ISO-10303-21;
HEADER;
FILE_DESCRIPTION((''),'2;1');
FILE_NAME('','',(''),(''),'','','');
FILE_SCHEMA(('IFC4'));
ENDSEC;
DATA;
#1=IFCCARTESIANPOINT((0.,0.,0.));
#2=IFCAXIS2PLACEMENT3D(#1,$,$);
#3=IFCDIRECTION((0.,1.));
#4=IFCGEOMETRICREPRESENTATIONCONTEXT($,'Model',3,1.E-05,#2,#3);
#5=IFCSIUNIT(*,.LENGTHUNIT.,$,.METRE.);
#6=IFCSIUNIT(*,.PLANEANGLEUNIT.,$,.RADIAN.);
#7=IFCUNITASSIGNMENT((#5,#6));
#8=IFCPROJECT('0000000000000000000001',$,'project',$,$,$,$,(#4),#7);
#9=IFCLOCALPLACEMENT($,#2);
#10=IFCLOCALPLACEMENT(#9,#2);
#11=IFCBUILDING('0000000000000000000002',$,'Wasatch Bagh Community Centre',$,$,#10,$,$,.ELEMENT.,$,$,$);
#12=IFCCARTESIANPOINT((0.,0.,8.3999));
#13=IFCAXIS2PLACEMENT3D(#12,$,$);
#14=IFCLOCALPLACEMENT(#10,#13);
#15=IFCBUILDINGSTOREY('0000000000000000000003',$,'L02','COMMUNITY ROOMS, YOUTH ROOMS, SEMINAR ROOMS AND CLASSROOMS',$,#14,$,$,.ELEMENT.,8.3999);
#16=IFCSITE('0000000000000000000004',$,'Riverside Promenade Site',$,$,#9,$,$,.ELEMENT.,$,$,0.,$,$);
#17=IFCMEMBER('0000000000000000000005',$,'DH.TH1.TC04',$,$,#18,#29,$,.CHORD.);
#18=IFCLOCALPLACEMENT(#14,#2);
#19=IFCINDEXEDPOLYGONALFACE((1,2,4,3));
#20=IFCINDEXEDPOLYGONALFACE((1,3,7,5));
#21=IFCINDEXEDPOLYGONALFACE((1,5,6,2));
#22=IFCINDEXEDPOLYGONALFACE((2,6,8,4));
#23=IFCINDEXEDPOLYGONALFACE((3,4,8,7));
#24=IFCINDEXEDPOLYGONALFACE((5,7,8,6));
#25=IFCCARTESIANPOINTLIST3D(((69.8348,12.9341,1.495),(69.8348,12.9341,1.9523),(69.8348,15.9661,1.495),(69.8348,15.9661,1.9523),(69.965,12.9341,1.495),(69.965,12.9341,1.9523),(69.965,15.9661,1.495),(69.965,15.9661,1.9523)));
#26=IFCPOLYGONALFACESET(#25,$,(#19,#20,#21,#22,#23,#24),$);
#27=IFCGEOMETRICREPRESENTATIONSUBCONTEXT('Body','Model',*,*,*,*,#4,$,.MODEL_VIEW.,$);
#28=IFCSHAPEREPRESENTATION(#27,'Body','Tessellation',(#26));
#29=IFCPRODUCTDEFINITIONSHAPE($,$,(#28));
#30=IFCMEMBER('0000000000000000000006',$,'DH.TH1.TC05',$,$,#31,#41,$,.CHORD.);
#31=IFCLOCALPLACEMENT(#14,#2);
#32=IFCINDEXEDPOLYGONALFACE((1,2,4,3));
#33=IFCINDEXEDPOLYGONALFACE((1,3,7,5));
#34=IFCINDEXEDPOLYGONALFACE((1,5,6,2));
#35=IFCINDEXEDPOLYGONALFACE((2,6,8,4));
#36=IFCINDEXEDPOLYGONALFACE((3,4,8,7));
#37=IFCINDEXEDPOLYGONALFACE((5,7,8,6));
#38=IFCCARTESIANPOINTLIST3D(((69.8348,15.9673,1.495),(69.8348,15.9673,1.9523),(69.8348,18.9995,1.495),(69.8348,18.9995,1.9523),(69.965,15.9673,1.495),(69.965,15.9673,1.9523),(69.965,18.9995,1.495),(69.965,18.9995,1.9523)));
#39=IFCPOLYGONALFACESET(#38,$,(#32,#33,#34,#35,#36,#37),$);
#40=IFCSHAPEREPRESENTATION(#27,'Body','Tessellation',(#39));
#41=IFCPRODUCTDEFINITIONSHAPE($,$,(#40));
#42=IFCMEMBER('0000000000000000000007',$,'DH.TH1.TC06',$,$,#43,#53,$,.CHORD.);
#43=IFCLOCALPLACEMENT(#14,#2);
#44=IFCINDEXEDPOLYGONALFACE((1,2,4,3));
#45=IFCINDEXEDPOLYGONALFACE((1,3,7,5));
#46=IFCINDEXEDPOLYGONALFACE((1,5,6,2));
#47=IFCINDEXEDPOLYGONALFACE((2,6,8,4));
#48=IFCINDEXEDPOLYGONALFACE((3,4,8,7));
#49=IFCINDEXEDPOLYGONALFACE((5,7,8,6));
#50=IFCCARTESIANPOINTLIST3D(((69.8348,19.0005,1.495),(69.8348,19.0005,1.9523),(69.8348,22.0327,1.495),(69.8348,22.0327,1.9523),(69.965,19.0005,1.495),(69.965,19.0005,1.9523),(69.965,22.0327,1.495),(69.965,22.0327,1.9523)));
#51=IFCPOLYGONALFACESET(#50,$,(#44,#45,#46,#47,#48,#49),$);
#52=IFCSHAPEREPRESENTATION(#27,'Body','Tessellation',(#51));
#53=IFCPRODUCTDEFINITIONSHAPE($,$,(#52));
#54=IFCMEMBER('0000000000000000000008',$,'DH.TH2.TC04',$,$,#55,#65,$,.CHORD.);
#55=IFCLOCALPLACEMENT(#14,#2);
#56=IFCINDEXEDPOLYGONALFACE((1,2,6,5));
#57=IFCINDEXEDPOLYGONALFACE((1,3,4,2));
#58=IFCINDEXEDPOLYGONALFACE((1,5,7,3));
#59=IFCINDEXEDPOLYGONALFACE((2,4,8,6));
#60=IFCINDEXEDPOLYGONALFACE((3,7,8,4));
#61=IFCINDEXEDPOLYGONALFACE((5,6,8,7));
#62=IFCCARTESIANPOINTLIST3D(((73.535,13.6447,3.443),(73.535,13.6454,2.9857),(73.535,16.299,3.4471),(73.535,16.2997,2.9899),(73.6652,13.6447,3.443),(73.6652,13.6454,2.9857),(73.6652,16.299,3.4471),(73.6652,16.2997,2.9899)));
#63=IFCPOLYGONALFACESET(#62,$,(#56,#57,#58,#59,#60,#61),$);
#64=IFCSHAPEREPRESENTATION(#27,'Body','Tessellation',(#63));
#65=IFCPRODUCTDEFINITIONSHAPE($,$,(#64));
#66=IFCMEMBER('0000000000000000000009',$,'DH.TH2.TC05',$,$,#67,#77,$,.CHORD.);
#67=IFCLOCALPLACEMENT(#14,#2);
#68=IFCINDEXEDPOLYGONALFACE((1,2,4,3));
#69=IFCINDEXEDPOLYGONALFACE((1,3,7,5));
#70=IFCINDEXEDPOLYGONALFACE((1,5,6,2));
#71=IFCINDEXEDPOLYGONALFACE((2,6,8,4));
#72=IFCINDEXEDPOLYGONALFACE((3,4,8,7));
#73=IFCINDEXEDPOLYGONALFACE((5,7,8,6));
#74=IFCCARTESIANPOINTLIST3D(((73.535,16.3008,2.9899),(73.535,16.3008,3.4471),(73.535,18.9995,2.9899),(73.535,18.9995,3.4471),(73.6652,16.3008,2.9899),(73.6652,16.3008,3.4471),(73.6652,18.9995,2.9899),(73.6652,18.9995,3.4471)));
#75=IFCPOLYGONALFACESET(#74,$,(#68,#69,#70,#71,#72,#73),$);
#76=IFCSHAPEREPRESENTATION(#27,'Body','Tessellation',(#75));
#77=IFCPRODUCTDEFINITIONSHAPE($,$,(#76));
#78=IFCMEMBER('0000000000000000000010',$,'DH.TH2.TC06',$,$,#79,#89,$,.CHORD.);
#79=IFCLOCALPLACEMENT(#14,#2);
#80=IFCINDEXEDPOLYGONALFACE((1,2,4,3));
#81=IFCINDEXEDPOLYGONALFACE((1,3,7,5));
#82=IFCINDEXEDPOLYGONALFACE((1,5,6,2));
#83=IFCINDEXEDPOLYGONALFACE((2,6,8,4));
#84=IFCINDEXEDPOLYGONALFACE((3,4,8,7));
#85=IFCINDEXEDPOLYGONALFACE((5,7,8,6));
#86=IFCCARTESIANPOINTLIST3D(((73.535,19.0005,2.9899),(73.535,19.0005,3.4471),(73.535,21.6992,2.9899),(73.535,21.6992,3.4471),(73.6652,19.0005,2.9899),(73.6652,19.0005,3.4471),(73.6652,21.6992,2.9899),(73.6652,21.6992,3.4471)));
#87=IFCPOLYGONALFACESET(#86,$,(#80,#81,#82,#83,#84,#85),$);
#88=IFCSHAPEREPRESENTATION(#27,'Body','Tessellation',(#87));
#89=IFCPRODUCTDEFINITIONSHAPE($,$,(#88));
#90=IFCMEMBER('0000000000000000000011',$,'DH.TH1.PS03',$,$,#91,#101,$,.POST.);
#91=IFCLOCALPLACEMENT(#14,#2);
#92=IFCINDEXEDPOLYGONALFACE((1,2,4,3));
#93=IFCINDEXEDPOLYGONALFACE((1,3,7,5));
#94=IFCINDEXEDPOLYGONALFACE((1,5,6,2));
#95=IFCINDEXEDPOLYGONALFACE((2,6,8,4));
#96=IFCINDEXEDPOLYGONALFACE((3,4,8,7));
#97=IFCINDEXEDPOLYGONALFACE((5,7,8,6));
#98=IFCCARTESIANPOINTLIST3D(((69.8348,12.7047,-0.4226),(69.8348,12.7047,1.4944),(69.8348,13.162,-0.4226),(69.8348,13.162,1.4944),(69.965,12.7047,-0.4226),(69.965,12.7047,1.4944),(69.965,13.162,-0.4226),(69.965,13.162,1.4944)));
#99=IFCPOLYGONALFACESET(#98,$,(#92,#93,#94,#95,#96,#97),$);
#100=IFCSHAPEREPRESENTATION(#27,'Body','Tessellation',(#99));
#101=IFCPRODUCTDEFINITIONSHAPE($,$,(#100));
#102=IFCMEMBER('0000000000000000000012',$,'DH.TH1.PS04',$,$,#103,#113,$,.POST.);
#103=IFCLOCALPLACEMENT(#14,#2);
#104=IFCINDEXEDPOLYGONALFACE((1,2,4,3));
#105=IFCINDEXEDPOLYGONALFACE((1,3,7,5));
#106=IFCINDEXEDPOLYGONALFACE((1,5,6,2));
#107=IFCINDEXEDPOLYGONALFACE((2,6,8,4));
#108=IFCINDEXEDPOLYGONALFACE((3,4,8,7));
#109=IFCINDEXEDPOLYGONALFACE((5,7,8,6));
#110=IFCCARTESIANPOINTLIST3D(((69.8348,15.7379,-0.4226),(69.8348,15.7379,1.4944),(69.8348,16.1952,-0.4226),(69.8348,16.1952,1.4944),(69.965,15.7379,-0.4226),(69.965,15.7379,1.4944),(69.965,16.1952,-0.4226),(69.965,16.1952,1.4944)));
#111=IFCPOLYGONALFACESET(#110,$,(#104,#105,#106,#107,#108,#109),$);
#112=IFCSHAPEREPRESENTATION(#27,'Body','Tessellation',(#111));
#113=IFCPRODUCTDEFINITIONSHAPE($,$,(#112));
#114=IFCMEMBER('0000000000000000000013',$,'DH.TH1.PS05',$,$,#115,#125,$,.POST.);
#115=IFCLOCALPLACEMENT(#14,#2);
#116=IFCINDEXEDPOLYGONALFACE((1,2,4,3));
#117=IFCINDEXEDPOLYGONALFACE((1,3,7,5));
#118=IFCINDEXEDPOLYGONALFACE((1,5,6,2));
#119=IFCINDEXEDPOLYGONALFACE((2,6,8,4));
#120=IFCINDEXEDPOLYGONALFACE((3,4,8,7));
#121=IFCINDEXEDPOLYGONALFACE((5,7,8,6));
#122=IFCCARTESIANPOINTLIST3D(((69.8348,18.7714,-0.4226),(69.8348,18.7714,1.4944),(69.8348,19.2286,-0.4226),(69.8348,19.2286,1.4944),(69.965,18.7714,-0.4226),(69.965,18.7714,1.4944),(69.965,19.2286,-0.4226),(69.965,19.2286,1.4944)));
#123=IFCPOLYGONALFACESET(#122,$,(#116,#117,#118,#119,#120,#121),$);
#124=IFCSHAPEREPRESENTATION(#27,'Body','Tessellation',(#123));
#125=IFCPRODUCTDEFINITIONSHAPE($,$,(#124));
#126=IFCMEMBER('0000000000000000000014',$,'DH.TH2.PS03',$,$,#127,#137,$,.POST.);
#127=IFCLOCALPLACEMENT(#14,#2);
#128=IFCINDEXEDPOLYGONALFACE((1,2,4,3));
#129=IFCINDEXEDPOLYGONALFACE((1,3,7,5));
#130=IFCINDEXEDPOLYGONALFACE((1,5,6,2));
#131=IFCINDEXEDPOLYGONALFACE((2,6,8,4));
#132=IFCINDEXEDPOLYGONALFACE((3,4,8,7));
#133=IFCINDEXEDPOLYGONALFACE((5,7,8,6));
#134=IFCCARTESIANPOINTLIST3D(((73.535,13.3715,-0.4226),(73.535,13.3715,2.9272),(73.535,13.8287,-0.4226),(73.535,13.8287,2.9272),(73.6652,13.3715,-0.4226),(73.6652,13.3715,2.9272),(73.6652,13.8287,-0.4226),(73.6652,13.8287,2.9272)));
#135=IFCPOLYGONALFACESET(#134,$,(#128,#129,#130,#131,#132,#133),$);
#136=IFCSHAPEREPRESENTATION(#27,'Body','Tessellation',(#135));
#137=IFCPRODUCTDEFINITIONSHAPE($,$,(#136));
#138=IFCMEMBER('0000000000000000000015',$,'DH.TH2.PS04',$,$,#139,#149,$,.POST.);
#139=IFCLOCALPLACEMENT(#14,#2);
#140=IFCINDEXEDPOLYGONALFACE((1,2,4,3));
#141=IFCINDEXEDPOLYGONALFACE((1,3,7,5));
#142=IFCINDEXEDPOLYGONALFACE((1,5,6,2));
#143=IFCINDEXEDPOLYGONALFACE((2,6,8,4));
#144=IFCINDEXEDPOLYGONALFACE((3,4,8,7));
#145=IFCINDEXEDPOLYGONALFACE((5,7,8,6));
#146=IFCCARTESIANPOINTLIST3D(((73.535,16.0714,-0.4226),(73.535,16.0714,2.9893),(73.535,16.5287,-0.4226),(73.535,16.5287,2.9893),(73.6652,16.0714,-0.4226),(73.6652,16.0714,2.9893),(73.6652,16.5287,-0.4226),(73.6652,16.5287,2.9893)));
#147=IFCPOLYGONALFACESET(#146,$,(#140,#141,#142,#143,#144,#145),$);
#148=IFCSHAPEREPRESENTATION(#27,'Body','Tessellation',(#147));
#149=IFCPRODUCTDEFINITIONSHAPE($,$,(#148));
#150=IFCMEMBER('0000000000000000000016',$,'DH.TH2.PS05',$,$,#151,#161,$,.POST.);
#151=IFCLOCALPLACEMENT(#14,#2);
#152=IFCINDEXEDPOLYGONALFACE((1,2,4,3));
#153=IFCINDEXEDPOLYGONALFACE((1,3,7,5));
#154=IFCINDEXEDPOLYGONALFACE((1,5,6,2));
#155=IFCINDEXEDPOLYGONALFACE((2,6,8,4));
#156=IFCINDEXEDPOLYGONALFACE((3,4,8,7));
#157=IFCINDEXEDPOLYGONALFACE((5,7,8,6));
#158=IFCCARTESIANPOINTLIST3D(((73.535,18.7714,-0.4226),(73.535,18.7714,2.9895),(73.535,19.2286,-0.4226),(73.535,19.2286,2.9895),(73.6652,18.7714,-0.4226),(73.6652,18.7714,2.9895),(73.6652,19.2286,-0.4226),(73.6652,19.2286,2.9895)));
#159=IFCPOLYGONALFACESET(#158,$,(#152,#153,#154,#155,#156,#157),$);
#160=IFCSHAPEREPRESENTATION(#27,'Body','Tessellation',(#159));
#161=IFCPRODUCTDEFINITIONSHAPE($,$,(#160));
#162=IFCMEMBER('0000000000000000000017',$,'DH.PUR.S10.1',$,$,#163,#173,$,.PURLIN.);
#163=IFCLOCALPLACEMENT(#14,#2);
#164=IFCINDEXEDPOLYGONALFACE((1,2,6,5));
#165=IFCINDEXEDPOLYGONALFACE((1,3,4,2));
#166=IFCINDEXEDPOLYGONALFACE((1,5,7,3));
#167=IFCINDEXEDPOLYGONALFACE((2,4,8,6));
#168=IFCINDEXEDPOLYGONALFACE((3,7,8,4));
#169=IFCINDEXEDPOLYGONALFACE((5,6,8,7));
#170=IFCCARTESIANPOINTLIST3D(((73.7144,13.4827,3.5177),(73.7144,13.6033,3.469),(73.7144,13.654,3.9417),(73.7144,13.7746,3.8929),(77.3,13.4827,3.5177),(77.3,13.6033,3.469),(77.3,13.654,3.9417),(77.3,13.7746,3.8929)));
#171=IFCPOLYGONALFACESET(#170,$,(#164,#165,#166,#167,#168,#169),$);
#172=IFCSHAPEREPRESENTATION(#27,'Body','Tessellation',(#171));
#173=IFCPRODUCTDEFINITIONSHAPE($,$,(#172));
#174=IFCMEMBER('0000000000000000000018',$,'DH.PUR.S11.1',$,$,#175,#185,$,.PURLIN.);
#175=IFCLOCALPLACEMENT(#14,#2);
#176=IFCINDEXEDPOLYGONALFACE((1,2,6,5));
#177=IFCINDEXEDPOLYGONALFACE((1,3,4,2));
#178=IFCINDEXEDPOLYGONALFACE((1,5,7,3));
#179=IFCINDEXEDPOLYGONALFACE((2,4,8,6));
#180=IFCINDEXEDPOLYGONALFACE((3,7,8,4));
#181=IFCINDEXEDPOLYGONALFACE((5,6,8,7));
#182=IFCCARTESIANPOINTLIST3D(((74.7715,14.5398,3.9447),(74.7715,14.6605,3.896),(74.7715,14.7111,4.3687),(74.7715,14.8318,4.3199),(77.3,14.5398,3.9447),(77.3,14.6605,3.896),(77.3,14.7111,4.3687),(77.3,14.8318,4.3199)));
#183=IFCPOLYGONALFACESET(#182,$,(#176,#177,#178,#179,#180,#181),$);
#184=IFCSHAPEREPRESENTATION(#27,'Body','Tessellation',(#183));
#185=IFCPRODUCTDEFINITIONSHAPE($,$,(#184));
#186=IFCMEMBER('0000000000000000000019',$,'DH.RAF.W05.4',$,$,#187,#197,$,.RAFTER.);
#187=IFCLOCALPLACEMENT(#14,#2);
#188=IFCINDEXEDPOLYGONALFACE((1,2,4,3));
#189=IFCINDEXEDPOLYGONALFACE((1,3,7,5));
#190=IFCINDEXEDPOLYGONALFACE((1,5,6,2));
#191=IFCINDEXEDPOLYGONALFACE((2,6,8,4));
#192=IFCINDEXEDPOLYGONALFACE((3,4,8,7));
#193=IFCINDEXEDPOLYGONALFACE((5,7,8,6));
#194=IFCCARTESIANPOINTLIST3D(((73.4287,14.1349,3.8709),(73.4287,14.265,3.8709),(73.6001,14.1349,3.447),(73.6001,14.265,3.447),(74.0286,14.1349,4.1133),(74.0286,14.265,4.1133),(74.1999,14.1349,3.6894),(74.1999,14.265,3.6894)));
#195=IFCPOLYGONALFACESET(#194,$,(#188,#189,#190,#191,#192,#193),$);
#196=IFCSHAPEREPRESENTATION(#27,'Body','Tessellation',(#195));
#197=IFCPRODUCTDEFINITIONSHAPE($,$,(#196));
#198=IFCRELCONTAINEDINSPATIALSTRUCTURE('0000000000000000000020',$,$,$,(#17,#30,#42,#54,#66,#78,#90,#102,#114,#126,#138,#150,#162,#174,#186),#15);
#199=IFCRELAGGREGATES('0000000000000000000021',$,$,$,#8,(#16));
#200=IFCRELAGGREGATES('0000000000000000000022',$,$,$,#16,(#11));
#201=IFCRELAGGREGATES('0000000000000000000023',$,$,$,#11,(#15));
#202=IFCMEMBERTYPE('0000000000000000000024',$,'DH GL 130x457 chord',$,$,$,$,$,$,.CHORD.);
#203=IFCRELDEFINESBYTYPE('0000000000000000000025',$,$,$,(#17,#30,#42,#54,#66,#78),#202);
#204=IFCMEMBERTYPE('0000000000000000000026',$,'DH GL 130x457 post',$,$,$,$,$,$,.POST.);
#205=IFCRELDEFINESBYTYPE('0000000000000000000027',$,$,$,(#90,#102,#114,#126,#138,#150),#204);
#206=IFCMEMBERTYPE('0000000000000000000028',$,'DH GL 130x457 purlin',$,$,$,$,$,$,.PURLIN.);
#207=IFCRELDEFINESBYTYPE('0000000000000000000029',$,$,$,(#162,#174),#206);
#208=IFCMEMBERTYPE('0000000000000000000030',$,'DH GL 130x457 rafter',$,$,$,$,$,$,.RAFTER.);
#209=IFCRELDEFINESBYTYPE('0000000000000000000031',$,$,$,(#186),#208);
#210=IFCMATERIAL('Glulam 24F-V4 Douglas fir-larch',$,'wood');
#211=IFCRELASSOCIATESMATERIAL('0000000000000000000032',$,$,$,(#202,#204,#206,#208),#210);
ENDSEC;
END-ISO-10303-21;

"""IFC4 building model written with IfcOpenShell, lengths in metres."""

from ifc_helpers import new_model, si_unit, direction, frame, origin, origin_2d, place, context, subcontext, project, spatial, rectangle, extrude, material, material_profile, profile_set, type_object, element, save


model = new_model("IFC4")

# Units and contexts
model_context = context("Model", 3, precision=1e-05, world=origin(), true_north=direction((0.0, 1.0)))
body_context = subcontext(model_context, "Body", "Model", "MODEL_VIEW")
ifc_project = project(units=[si_unit("LENGTHUNIT", "METRE"), si_unit("PLANEANGLEUNIT", "RADIAN")], contexts=[model_context])

# Site, building, storey
site_placement = place(None, origin())
site = spatial("IfcSite", under=ifc_project, at=site_placement, Name="Riverside Promenade Site", CompositionType="ELEMENT", RefElevation=0.0)
building_placement = place(site_placement, origin())
building = spatial("IfcBuilding", under=site, at=building_placement, Name="Wasatch Bagh Community Centre", CompositionType="ELEMENT")
storey_placement = place(building_placement, frame((0.0, 0.0, 8.3999)))
storey = spatial("IfcBuildingStorey", under=building, at=storey_placement, Name="L02", Description="COMMUNITY ROOMS, YOUTH ROOMS, SEMINAR ROOMS AND CLASSROOMS", CompositionType="ELEMENT", Elevation=8.3999)

# Members
ifc_material_1 = material(Name="Glulam 24F-V4 Douglas fir-larch", Category="wood")
ifc_material_profile_1 = material_profile(ifc_material_1, rectangle(XDim=0.1301, YDim=0.4573, at=origin_2d()), Name="GL 130x457")
ifc_profile_set_1 = profile_set([ifc_material_profile_1], Name="Glulam 24F-V4 Douglas fir-larch")
member_type_1 = type_object("IfcMemberType", Name="DH GL 130x457 chord", PredefinedType="CHORD", material=ifc_profile_set_1)
member_1_placement = place(storey_placement, frame((69.8999, 12.9341, 1.7236), z_axis=(0.0, 1.0, 0.0), x_axis=(-1.0, 0.0, 0.0)))
element("IfcMember", 1, at=member_1_placement, inside=storey, type_object=member_type_1, Name="DH.TH1.TC04", PredefinedType="CHORD", context=body_context, shape_type="SweptSolid", body=[
    extrude(rectangle(XDim=0.1301, YDim=0.4573, at=origin_2d()), origin(), (0.0, 0.0, 1.0), 3.032),
])
for number, where, z_axis, x_axis, name in (
    (2, (69.8999, 15.9673, 1.7236), (0.0, 1.0, 0.0), (-1.0, 0.0, 0.0), "DH.TH1.TC05"),
    (3, (69.8999, 19.0005, 1.7236), (0.0, 1.0, 0.0), (-1.0, 0.0, 0.0), "DH.TH1.TC06"),
):
    element("IfcMember", number, at=place(storey_placement, frame(where, z_axis=z_axis, x_axis=x_axis)), inside=storey, type_object=member_type_1, Name=name, PredefinedType="CHORD", context=body_context, shape_type="SweptSolid", body=[
        extrude(rectangle(XDim=0.1301, YDim=0.4573, at=origin_2d()), origin(), (0.0, 0.0, 1.0), 3.0322),
    ])
member_2_placement = place(storey_placement, frame((73.6001, 13.645, 3.2144), z_axis=(0.0, 0.999999, 0.001564), x_axis=(-1.0, 0.0, 0.0)))
element("IfcMember", 4, at=member_2_placement, inside=storey, type_object=member_type_1, Name="DH.TH2.TC04", PredefinedType="CHORD", context=body_context, shape_type="SweptSolid", body=[
    extrude(rectangle(XDim=0.1301, YDim=0.4573, at=origin_2d()), origin(), (0.0, 0.0, 1.0), 2.6543),
])
for number, where, z_axis, x_axis, name in (
    (5, (73.6001, 16.3008, 3.2185), (0.0, 1.0, 0.0), (-1.0, 0.0, 0.0), "DH.TH2.TC05"),
    (6, (73.6001, 19.0005, 3.2185), (0.0, 1.0, 0.0), (-1.0, 0.0, 0.0), "DH.TH2.TC06"),
):
    element("IfcMember", number, at=place(storey_placement, frame(where, z_axis=z_axis, x_axis=x_axis)), inside=storey, type_object=member_type_1, Name=name, PredefinedType="CHORD", context=body_context, shape_type="SweptSolid", body=[
        extrude(rectangle(XDim=0.1301, YDim=0.4573, at=origin_2d()), origin(), (0.0, 0.0, 1.0), 2.6987),
    ])
ifc_material_profile_2 = material_profile(ifc_material_1, rectangle(XDim=0.1301, YDim=0.4573, at=origin_2d()), Name="GL 130x457")
ifc_profile_set_2 = profile_set([ifc_material_profile_2], Name="Glulam 24F-V4 Douglas fir-larch")
member_type_2 = type_object("IfcMemberType", Name="DH GL 130x457 post", PredefinedType="POST", material=ifc_profile_set_2)
for number, where, z_axis, x_axis, name in (
    (7, (69.8999, 12.9333, -0.4226), (0.0, 0.0, 1.0), (1.0, 0.0, 0.0), "DH.TH1.PS03"),
    (8, (69.8999, 15.9666, -0.4226), (0.0, 0.0, 1.0), (1.0, 0.0, 0.0), "DH.TH1.PS04"),
    (9, (69.8999, 19.0, -0.4226), (0.0, 0.0, 1.0), (1.0, 0.0, 0.0), "DH.TH1.PS05"),
):
    element("IfcMember", number, at=place(storey_placement, frame(where, z_axis=z_axis, x_axis=x_axis)), inside=storey, type_object=member_type_2, Name=name, PredefinedType="POST", context=body_context, shape_type="SweptSolid", body=[
        extrude(rectangle(XDim=0.1301, YDim=0.4573, at=origin_2d()), origin(), (0.0, 0.0, 1.0), 1.917),
    ])
member_3_placement = place(storey_placement, frame((73.6001, 13.6001, -0.4226), z_axis=(0.0, 0.0, 1.0), x_axis=(1.0, 0.0, 0.0)))
element("IfcMember", 10, at=member_3_placement, inside=storey, type_object=member_type_2, Name="DH.TH2.PS03", PredefinedType="POST", context=body_context, shape_type="SweptSolid", body=[
    extrude(rectangle(XDim=0.1301, YDim=0.4573, at=origin_2d()), origin(), (0.0, 0.0, 1.0), 3.3499),
])
member_4_placement = place(storey_placement, frame((73.6001, 16.3, -0.4226), z_axis=(0.0, 0.0, 1.0), x_axis=(1.0, 0.0, 0.0)))
element("IfcMember", 11, at=member_4_placement, inside=storey, type_object=member_type_2, Name="DH.TH2.PS04", PredefinedType="POST", context=body_context, shape_type="SweptSolid", body=[
    extrude(rectangle(XDim=0.1301, YDim=0.4573, at=origin_2d()), origin(), (0.0, 0.0, 1.0), 3.4119),
])
member_5_placement = place(storey_placement, frame((73.6001, 19.0, -0.4226), z_axis=(0.0, 0.0, 1.0), x_axis=(1.0, 0.0, 0.0)))
element("IfcMember", 12, at=member_5_placement, inside=storey, type_object=member_type_2, Name="DH.TH2.PS05", PredefinedType="POST", context=body_context, shape_type="SweptSolid", body=[
    extrude(rectangle(XDim=0.1301, YDim=0.4573, at=origin_2d()), origin(), (0.0, 0.0, 1.0), 3.4121),
])
ifc_material_profile_3 = material_profile(ifc_material_1, rectangle(XDim=0.1301, YDim=0.4573, at=origin_2d()), Name="GL 130x457")
ifc_profile_set_3 = profile_set([ifc_material_profile_3], Name="Glulam 24F-V4 Douglas fir-larch")
member_type_3 = type_object("IfcMemberType", Name="DH GL 130x457 purlin", PredefinedType="PURLIN", material=ifc_profile_set_3)
member_6_placement = place(storey_placement, frame((73.7144, 13.6287, 3.7053), z_axis=(1.0, 0.0, 0.0), x_axis=(0.0, 0.927184, -0.374607)))
element("IfcMember", 13, at=member_6_placement, inside=storey, type_object=member_type_3, Name="DH.PUR.S10.1", PredefinedType="PURLIN", context=body_context, shape_type="SweptSolid", body=[
    extrude(rectangle(XDim=0.1301, YDim=0.4573, at=origin_2d()), origin(), (0.0, 0.0, 1.0), 3.5857),
])
member_7_placement = place(storey_placement, frame((74.7715, 14.6858, 4.1323), z_axis=(1.0, 0.0, 0.0), x_axis=(0.0, 0.927184, -0.374607)))
element("IfcMember", 14, at=member_7_placement, inside=storey, type_object=member_type_3, Name="DH.PUR.S11.1", PredefinedType="PURLIN", context=body_context, shape_type="SweptSolid", body=[
    extrude(rectangle(XDim=0.1301, YDim=0.4573, at=origin_2d()), origin(), (0.0, 0.0, 1.0), 2.5286),
])
ifc_material_profile_4 = material_profile(ifc_material_1, rectangle(XDim=0.1301, YDim=0.4573, at=origin_2d()), Name="GL 130x457")
ifc_profile_set_4 = profile_set([ifc_material_profile_4], Name="Glulam 24F-V4 Douglas fir-larch")
member_type_4 = type_object("IfcMemberType", Name="DH GL 130x457 rafter", PredefinedType="RAFTER", material=ifc_profile_set_4)
member_8_placement = place(storey_placement, frame((73.5144, 14.2, 3.6589), z_axis=(0.927144, 0.0, 0.374706), x_axis=(0.0, 1.0, 0.0)))
element("IfcMember", 15, at=member_8_placement, inside=storey, type_object=member_type_4, Name="DH.RAF.W05.4", PredefinedType="RAFTER", context=body_context, shape_type="SweptSolid", body=[
    extrude(rectangle(XDim=0.1301, YDim=0.4573, at=origin_2d()), origin(), (0.0, 0.0, 1.0), 0.647),
])

save(model, "model.ifc")
